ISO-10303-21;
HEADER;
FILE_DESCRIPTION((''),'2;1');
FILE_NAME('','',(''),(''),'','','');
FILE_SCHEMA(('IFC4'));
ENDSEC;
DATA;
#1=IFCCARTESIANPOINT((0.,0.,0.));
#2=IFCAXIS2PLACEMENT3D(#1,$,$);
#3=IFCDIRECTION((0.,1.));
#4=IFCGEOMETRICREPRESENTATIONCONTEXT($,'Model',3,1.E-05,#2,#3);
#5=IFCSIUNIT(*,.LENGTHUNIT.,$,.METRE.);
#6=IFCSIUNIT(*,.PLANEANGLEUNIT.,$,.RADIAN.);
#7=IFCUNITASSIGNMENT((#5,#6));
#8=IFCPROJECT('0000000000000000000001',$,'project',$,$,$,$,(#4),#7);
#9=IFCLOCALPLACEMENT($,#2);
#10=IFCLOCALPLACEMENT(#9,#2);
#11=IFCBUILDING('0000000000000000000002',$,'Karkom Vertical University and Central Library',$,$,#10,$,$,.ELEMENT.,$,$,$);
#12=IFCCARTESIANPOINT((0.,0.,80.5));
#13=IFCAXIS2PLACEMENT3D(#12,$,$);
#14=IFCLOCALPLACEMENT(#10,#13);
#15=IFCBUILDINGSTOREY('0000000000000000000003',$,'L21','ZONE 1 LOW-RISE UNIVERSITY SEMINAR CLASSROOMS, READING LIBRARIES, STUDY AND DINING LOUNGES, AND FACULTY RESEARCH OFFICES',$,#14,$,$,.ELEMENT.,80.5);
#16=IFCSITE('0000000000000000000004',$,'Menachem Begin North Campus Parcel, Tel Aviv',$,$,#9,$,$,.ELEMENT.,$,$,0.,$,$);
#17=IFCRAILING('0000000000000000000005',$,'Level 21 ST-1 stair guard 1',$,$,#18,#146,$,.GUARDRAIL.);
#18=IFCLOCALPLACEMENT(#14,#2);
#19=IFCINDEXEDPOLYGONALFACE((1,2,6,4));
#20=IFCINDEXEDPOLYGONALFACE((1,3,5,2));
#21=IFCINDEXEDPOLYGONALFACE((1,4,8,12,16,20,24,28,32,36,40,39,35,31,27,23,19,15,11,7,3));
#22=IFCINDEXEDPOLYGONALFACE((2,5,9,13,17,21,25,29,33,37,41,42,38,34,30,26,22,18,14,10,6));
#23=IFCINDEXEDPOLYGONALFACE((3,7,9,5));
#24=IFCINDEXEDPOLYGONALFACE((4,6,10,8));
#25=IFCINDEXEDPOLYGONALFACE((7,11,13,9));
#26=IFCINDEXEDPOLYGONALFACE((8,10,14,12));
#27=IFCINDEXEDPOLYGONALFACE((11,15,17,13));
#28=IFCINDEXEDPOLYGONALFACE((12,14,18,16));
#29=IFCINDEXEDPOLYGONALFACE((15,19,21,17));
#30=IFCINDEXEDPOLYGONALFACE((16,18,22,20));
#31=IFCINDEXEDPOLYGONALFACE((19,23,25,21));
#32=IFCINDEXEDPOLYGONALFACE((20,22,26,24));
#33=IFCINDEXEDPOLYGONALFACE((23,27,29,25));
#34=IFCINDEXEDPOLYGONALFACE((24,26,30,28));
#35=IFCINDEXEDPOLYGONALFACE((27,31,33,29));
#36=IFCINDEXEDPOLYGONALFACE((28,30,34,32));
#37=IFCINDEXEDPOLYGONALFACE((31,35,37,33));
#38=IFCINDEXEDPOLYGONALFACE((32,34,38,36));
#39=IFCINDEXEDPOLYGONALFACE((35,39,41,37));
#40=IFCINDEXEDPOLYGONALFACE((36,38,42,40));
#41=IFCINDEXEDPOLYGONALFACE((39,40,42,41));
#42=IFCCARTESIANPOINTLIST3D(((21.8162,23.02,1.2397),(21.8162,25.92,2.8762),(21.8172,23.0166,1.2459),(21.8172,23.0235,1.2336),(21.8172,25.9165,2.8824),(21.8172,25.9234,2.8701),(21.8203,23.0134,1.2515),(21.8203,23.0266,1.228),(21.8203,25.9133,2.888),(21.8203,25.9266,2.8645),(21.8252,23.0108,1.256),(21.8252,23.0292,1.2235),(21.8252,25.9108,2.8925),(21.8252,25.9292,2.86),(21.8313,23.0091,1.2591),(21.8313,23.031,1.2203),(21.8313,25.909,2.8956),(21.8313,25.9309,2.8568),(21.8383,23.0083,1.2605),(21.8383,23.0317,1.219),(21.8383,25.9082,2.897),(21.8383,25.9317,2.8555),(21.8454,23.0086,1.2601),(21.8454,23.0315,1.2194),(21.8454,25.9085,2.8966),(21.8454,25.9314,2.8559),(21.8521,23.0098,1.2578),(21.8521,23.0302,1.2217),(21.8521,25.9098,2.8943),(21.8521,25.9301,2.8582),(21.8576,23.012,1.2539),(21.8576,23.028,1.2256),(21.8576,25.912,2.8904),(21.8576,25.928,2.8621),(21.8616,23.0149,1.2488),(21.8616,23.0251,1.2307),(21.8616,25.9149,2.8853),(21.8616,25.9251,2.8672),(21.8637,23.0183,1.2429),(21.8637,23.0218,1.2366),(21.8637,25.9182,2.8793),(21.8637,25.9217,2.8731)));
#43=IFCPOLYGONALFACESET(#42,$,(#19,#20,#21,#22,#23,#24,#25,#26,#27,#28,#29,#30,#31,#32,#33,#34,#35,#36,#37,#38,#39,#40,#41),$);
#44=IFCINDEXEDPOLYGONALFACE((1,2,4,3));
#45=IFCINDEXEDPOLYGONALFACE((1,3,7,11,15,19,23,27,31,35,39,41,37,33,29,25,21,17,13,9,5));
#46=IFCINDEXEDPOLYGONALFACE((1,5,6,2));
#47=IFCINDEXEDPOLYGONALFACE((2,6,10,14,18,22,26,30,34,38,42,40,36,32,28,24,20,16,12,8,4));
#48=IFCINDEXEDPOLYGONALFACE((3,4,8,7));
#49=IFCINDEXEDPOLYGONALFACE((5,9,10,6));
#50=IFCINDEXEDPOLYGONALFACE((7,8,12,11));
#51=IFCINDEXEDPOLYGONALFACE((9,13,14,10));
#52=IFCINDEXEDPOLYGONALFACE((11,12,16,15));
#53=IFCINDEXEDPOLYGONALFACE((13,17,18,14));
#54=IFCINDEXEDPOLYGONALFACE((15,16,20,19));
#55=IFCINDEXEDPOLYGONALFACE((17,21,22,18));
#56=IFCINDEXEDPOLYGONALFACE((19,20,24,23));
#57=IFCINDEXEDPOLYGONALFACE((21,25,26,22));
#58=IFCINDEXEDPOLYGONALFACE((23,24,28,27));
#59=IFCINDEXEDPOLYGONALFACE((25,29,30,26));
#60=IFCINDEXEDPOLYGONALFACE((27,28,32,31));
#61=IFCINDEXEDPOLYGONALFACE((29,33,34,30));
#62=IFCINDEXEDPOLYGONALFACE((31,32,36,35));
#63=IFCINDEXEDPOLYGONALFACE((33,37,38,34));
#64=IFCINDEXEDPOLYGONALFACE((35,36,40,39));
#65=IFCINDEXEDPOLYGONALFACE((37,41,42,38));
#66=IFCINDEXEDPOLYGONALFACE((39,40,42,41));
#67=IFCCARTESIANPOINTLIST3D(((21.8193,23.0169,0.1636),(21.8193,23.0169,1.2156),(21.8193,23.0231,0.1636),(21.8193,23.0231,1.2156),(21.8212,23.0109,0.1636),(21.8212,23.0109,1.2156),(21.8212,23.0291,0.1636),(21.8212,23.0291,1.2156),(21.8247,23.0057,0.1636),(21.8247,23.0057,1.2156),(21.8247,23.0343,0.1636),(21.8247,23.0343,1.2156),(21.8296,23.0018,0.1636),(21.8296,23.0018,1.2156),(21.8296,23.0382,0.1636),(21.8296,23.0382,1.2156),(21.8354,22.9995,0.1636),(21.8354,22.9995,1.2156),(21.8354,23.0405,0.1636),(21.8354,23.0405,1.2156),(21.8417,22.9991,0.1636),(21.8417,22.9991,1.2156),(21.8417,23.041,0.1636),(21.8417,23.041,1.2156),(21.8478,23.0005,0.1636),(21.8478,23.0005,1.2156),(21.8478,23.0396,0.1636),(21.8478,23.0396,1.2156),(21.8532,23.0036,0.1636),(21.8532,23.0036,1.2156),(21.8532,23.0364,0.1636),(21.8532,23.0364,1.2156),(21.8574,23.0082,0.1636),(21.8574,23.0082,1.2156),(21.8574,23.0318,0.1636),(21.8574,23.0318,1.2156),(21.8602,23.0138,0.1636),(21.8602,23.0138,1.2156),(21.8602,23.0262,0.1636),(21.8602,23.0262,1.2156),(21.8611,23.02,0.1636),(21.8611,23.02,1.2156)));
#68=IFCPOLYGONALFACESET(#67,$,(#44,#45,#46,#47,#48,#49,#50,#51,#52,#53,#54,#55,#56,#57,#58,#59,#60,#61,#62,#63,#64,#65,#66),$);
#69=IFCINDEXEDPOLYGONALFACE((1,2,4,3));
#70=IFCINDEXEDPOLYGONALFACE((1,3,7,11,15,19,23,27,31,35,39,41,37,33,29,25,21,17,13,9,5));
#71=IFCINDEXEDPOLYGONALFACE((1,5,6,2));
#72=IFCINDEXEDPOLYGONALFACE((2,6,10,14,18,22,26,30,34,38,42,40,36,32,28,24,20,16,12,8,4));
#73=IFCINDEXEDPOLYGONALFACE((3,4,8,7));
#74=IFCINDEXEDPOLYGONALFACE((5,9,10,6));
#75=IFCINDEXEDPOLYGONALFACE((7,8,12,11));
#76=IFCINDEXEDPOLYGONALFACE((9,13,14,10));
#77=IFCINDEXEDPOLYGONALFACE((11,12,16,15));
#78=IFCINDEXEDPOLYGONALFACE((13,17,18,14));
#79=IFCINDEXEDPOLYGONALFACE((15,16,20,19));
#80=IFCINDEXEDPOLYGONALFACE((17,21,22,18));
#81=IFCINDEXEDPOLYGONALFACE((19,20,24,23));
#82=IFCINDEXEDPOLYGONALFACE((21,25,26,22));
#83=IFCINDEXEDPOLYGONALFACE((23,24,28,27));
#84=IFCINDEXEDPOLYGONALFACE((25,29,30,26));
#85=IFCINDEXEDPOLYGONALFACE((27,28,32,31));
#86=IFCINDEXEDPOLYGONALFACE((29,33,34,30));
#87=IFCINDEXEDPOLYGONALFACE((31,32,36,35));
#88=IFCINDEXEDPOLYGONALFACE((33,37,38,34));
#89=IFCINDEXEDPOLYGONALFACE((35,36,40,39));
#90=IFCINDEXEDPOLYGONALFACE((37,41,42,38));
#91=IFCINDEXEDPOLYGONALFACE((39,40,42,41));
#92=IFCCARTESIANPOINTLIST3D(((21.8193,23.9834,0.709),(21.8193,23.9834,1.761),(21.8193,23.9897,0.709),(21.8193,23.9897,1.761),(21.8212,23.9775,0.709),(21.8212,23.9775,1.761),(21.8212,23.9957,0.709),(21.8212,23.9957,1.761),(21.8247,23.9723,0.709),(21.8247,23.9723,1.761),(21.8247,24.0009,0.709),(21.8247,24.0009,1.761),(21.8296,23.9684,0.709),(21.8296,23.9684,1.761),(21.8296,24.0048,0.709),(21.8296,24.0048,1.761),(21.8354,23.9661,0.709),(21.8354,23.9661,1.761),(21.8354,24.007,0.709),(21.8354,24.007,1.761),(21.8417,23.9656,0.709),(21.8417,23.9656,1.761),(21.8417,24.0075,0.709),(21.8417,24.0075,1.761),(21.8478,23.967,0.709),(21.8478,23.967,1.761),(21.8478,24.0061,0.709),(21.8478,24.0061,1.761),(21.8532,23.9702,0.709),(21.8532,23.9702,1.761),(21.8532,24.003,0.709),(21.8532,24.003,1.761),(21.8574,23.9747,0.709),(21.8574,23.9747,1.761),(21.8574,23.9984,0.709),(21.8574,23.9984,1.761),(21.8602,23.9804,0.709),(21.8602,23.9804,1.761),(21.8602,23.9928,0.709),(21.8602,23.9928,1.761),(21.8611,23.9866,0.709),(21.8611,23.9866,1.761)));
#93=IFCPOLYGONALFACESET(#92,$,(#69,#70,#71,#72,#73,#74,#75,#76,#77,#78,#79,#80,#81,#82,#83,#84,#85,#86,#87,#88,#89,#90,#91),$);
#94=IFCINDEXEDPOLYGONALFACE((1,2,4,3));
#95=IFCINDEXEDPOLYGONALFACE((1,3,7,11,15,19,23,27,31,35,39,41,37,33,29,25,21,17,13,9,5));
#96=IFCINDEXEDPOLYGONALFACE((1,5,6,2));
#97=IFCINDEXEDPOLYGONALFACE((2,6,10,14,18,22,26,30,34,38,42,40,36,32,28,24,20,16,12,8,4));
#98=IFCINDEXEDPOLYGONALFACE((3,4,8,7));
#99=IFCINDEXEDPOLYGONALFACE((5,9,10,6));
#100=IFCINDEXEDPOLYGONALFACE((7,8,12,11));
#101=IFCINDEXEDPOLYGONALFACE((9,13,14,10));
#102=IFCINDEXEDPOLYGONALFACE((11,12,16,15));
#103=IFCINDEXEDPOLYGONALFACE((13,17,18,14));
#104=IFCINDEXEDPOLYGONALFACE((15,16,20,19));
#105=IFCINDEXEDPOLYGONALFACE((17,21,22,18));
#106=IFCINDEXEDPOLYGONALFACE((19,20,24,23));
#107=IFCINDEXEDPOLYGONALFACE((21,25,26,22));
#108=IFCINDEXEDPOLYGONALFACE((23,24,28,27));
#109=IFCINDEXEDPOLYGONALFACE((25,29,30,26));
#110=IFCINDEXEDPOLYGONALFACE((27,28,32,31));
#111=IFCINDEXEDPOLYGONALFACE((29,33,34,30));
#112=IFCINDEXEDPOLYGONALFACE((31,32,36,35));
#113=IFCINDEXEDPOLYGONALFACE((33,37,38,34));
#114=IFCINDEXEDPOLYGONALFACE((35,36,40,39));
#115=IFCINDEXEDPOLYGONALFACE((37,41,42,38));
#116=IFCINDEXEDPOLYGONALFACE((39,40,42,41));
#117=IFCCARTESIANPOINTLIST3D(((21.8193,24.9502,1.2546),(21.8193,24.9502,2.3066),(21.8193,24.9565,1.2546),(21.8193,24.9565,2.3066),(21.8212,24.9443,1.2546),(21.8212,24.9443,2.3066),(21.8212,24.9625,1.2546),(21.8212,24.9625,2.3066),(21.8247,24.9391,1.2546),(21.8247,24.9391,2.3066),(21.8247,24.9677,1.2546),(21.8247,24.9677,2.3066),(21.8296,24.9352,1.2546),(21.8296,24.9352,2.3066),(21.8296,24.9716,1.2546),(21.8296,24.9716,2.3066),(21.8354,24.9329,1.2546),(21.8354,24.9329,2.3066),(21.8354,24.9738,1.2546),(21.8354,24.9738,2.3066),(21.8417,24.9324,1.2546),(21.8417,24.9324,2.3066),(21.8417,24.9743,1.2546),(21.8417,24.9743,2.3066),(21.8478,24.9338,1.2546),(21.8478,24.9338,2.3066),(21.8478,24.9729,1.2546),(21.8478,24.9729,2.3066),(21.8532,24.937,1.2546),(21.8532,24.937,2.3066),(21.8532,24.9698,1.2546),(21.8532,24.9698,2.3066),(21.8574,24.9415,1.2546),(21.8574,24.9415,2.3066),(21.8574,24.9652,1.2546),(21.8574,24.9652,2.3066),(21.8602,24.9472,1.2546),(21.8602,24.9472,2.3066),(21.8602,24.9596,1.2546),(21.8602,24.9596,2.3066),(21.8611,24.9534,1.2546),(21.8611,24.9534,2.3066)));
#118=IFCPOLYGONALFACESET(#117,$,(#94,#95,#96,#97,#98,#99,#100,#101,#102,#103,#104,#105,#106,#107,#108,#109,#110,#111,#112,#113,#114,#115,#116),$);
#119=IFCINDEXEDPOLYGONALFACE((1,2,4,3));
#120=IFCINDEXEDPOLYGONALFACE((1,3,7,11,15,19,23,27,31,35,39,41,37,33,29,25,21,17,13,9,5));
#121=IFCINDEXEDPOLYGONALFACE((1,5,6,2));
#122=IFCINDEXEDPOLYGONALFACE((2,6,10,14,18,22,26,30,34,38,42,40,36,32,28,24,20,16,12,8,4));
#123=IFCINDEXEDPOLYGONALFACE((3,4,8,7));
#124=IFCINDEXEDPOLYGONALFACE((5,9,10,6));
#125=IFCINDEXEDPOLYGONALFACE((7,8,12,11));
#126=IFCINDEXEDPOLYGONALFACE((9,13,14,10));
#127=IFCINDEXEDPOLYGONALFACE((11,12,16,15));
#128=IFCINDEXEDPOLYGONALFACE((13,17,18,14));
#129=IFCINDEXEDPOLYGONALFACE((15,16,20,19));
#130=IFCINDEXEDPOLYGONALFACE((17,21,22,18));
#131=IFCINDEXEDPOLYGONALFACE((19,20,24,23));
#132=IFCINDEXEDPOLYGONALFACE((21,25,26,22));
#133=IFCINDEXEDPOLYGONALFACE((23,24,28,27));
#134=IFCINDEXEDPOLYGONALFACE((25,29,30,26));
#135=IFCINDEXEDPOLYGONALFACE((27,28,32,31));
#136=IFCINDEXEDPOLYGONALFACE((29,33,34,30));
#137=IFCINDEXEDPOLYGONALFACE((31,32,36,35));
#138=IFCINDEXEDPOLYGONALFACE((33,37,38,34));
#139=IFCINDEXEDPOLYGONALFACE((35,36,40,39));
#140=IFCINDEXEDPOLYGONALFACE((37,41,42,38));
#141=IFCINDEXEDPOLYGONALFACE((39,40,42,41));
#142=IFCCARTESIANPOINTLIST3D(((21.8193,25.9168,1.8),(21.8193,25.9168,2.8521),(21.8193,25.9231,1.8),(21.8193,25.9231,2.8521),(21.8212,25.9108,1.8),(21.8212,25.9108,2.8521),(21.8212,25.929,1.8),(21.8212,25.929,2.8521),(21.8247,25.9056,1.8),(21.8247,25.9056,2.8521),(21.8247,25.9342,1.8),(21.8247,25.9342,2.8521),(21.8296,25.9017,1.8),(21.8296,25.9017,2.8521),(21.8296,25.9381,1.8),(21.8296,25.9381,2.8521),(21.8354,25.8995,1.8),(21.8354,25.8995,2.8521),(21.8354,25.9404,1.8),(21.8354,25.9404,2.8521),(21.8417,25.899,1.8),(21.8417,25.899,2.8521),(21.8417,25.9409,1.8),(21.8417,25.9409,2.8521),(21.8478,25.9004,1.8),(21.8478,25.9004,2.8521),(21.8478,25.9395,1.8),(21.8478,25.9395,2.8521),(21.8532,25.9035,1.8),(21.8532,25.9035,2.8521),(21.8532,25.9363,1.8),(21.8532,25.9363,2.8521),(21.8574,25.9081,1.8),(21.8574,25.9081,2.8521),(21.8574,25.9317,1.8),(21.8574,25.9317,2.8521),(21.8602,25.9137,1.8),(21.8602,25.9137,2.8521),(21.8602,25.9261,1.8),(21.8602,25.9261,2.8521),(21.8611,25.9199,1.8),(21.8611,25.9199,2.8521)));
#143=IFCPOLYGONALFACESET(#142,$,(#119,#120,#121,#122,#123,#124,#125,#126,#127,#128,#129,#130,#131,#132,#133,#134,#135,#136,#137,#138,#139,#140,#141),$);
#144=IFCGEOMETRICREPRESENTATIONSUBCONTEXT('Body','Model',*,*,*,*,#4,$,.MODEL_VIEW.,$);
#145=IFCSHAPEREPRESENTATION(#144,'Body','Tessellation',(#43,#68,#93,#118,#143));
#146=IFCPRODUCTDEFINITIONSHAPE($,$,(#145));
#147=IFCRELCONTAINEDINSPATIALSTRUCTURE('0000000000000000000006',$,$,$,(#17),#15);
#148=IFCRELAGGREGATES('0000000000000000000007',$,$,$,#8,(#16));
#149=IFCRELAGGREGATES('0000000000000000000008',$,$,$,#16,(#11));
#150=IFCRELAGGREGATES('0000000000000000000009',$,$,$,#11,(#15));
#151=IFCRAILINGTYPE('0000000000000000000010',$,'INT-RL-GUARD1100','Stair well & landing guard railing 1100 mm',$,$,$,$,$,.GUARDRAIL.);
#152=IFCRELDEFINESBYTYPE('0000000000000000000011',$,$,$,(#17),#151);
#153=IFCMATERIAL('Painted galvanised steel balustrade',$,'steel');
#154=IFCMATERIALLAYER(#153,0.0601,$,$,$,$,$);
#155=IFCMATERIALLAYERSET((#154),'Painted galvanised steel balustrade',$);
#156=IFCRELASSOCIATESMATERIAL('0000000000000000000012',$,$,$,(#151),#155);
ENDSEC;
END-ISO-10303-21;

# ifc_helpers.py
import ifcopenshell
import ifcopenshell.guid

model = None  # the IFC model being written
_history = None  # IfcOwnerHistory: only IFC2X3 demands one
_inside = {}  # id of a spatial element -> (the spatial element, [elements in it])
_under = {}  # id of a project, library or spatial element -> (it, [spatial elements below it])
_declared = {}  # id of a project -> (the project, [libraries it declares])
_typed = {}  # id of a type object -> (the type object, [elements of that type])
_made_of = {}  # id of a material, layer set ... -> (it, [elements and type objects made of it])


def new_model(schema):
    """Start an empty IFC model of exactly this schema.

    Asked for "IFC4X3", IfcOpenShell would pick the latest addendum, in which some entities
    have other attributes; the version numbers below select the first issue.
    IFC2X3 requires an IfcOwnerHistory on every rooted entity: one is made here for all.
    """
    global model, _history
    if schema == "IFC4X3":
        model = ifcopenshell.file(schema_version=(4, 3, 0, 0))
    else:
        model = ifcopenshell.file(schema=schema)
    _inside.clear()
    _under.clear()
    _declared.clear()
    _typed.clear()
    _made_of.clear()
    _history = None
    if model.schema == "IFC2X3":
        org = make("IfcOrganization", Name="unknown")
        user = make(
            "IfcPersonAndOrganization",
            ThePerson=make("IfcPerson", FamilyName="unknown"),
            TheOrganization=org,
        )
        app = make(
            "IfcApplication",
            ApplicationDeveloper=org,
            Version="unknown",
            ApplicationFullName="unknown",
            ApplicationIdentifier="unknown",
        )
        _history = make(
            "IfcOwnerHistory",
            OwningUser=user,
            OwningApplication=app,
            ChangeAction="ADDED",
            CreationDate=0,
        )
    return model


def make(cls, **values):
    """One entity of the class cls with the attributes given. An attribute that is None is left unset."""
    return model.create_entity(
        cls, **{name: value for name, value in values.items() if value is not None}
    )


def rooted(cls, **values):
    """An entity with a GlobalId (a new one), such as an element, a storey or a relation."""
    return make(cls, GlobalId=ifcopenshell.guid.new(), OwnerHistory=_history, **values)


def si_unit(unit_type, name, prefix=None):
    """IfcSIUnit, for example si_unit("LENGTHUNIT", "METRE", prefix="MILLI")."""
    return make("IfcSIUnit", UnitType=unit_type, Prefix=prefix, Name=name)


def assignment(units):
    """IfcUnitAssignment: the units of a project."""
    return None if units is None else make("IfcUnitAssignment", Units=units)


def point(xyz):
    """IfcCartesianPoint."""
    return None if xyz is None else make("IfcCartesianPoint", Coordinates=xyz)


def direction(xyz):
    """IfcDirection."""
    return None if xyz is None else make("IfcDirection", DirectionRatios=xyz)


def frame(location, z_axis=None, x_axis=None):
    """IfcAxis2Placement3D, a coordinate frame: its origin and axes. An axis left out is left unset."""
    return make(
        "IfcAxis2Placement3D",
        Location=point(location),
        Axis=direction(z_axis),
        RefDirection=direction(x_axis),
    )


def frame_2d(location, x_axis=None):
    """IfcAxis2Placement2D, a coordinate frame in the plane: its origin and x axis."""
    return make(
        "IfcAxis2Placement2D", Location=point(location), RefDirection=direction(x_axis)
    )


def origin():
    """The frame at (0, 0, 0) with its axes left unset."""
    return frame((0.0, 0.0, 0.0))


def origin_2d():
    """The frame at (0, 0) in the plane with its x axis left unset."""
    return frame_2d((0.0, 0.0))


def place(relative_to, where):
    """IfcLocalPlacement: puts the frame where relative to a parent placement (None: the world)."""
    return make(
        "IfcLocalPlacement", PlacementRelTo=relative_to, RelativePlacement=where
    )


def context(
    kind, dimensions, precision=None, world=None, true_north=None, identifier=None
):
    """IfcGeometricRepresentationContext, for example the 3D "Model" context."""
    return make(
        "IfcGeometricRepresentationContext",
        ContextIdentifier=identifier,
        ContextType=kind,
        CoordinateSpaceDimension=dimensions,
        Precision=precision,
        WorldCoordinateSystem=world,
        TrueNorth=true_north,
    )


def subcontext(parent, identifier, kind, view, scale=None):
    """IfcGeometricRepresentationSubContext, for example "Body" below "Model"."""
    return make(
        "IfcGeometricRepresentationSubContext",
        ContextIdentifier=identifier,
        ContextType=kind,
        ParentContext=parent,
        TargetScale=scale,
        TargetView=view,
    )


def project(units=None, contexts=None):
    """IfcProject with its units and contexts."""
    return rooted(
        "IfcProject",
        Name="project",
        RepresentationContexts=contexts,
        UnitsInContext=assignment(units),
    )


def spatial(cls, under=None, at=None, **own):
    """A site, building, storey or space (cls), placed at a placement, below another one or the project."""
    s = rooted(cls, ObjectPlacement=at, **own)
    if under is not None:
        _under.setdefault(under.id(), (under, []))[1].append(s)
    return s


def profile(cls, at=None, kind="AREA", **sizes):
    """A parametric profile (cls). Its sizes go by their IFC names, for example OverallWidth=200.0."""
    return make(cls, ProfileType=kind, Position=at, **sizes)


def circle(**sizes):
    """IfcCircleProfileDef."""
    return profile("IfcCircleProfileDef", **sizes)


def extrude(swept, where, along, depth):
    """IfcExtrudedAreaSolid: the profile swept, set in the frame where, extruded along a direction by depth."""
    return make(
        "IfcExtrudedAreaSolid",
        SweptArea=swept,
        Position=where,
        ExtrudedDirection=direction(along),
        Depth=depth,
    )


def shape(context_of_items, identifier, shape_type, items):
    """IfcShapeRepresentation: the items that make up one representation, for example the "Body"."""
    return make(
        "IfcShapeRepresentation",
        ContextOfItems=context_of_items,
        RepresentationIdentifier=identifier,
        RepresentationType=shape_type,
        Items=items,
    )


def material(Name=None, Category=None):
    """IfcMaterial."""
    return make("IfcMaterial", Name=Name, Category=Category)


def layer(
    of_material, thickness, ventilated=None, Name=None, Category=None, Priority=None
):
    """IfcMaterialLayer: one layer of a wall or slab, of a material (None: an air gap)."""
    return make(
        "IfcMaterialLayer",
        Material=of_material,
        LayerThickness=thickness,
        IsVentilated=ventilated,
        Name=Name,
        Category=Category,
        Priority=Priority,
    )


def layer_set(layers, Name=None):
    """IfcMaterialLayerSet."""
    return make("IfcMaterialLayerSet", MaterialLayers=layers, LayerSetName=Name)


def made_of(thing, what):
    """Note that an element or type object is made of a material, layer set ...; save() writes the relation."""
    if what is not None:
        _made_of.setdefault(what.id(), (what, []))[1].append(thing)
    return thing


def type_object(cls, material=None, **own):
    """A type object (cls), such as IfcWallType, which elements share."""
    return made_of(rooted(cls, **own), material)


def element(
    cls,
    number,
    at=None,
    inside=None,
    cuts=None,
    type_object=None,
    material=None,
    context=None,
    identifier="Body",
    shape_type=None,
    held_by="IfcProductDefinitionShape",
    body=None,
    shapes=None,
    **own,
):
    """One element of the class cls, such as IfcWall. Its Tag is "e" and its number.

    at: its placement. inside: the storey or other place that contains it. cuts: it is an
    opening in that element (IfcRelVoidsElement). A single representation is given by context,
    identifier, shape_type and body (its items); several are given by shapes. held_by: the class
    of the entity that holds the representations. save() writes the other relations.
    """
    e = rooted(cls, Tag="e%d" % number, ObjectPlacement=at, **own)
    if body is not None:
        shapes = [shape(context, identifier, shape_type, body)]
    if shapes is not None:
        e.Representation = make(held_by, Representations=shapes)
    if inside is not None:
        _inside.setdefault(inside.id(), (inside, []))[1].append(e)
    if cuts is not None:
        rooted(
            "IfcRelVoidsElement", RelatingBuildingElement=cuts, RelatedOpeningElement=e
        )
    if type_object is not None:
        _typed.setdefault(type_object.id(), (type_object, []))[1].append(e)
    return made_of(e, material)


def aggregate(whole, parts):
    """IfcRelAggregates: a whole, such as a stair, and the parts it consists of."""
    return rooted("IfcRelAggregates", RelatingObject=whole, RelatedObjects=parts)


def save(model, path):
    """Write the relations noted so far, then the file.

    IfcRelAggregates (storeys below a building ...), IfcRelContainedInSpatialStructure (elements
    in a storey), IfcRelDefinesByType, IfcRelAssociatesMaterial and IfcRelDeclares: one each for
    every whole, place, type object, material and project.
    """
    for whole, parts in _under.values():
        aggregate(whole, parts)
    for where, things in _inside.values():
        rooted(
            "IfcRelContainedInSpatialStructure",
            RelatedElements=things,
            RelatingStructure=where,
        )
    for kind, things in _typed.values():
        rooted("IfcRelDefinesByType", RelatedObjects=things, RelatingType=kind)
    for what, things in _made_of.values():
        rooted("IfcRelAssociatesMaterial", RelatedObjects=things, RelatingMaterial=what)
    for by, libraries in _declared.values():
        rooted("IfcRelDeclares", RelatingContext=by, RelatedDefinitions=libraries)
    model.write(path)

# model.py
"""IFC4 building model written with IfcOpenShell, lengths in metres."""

from ifc_helpers import new_model, si_unit, direction, frame, origin, origin_2d, place, context, subcontext, project, spatial, circle, extrude, material, layer, layer_set, type_object, element, save


model = new_model("IFC4")

# Units and contexts
model_context = context("Model", 3, precision=1e-05, world=origin(), true_north=direction((0.0, 1.0)))
body_context = subcontext(model_context, "Body", "Model", "MODEL_VIEW")
ifc_project = project(units=[si_unit("LENGTHUNIT", "METRE"), si_unit("PLANEANGLEUNIT", "RADIAN")], contexts=[model_context])

# Site, building, storey
site_placement = place(None, origin())
site = spatial("IfcSite", under=ifc_project, at=site_placement, Name="Menachem Begin North Campus Parcel, Tel Aviv", CompositionType="ELEMENT", RefElevation=0.0)
building_placement = place(site_placement, origin())
building = spatial("IfcBuilding", under=site, at=building_placement, Name="Karkom Vertical University and Central Library", CompositionType="ELEMENT")
storey_placement = place(building_placement, frame((0.0, 0.0, 80.5)))
storey = spatial("IfcBuildingStorey", under=building, at=storey_placement, Name="L21", Description="ZONE 1 LOW-RISE UNIVERSITY SEMINAR CLASSROOMS, READING LIBRARIES, STUDY AND DINING LOUNGES, AND FACULTY RESEARCH OFFICES", CompositionType="ELEMENT", Elevation=80.5)

# Railing
ifc_material_1 = material(Name="Painted galvanised steel balustrade", Category="steel")
ifc_layer_1 = layer(ifc_material_1, 0.0601)
ifc_layer_set_1 = layer_set([ifc_layer_1], Name="Painted galvanised steel balustrade")
railing_type_1 = type_object("IfcRailingType", Name="INT-RL-GUARD1100", Description="Stair well & landing guard railing 1100 mm", PredefinedType="GUARDRAIL", material=ifc_layer_set_1)
railing_1_placement = place(storey_placement, frame((21.8401, 23.02, 0.1636)))
element("IfcRailing", 1, at=railing_1_placement, inside=storey, type_object=railing_type_1, Name="Level 21 ST-1 stair guard 1", PredefinedType="GUARDRAIL", context=body_context, shape_type="SweptSolid", body=[
    extrude(circle(Radius=0.0239, at=origin_2d()), frame((0.0, 0.0, 1.0762), z_axis=(0.0, 0.870897, 0.491465), x_axis=(-1.0, 0.0, 0.0)), (0.0, 0.0, 1.0), 3.3298),
    extrude(circle(Radius=0.021, at=origin_2d()), origin(), (0.0, 0.0, 1.0), 1.052),
    extrude(circle(Radius=0.021, at=origin_2d()), frame((0.0, 0.9666, 0.5454)), (0.0, 0.0, 1.0), 1.052),
    extrude(circle(Radius=0.021, at=origin_2d()), frame((0.0, 1.9333, 1.0911)), (0.0, 0.0, 1.0), 1.052),
    extrude(circle(Radius=0.021, at=origin_2d()), frame((0.0, 2.8999, 1.6365)), (0.0, 0.0, 1.0), 1.052),
])

save(model, "model.ifc")
